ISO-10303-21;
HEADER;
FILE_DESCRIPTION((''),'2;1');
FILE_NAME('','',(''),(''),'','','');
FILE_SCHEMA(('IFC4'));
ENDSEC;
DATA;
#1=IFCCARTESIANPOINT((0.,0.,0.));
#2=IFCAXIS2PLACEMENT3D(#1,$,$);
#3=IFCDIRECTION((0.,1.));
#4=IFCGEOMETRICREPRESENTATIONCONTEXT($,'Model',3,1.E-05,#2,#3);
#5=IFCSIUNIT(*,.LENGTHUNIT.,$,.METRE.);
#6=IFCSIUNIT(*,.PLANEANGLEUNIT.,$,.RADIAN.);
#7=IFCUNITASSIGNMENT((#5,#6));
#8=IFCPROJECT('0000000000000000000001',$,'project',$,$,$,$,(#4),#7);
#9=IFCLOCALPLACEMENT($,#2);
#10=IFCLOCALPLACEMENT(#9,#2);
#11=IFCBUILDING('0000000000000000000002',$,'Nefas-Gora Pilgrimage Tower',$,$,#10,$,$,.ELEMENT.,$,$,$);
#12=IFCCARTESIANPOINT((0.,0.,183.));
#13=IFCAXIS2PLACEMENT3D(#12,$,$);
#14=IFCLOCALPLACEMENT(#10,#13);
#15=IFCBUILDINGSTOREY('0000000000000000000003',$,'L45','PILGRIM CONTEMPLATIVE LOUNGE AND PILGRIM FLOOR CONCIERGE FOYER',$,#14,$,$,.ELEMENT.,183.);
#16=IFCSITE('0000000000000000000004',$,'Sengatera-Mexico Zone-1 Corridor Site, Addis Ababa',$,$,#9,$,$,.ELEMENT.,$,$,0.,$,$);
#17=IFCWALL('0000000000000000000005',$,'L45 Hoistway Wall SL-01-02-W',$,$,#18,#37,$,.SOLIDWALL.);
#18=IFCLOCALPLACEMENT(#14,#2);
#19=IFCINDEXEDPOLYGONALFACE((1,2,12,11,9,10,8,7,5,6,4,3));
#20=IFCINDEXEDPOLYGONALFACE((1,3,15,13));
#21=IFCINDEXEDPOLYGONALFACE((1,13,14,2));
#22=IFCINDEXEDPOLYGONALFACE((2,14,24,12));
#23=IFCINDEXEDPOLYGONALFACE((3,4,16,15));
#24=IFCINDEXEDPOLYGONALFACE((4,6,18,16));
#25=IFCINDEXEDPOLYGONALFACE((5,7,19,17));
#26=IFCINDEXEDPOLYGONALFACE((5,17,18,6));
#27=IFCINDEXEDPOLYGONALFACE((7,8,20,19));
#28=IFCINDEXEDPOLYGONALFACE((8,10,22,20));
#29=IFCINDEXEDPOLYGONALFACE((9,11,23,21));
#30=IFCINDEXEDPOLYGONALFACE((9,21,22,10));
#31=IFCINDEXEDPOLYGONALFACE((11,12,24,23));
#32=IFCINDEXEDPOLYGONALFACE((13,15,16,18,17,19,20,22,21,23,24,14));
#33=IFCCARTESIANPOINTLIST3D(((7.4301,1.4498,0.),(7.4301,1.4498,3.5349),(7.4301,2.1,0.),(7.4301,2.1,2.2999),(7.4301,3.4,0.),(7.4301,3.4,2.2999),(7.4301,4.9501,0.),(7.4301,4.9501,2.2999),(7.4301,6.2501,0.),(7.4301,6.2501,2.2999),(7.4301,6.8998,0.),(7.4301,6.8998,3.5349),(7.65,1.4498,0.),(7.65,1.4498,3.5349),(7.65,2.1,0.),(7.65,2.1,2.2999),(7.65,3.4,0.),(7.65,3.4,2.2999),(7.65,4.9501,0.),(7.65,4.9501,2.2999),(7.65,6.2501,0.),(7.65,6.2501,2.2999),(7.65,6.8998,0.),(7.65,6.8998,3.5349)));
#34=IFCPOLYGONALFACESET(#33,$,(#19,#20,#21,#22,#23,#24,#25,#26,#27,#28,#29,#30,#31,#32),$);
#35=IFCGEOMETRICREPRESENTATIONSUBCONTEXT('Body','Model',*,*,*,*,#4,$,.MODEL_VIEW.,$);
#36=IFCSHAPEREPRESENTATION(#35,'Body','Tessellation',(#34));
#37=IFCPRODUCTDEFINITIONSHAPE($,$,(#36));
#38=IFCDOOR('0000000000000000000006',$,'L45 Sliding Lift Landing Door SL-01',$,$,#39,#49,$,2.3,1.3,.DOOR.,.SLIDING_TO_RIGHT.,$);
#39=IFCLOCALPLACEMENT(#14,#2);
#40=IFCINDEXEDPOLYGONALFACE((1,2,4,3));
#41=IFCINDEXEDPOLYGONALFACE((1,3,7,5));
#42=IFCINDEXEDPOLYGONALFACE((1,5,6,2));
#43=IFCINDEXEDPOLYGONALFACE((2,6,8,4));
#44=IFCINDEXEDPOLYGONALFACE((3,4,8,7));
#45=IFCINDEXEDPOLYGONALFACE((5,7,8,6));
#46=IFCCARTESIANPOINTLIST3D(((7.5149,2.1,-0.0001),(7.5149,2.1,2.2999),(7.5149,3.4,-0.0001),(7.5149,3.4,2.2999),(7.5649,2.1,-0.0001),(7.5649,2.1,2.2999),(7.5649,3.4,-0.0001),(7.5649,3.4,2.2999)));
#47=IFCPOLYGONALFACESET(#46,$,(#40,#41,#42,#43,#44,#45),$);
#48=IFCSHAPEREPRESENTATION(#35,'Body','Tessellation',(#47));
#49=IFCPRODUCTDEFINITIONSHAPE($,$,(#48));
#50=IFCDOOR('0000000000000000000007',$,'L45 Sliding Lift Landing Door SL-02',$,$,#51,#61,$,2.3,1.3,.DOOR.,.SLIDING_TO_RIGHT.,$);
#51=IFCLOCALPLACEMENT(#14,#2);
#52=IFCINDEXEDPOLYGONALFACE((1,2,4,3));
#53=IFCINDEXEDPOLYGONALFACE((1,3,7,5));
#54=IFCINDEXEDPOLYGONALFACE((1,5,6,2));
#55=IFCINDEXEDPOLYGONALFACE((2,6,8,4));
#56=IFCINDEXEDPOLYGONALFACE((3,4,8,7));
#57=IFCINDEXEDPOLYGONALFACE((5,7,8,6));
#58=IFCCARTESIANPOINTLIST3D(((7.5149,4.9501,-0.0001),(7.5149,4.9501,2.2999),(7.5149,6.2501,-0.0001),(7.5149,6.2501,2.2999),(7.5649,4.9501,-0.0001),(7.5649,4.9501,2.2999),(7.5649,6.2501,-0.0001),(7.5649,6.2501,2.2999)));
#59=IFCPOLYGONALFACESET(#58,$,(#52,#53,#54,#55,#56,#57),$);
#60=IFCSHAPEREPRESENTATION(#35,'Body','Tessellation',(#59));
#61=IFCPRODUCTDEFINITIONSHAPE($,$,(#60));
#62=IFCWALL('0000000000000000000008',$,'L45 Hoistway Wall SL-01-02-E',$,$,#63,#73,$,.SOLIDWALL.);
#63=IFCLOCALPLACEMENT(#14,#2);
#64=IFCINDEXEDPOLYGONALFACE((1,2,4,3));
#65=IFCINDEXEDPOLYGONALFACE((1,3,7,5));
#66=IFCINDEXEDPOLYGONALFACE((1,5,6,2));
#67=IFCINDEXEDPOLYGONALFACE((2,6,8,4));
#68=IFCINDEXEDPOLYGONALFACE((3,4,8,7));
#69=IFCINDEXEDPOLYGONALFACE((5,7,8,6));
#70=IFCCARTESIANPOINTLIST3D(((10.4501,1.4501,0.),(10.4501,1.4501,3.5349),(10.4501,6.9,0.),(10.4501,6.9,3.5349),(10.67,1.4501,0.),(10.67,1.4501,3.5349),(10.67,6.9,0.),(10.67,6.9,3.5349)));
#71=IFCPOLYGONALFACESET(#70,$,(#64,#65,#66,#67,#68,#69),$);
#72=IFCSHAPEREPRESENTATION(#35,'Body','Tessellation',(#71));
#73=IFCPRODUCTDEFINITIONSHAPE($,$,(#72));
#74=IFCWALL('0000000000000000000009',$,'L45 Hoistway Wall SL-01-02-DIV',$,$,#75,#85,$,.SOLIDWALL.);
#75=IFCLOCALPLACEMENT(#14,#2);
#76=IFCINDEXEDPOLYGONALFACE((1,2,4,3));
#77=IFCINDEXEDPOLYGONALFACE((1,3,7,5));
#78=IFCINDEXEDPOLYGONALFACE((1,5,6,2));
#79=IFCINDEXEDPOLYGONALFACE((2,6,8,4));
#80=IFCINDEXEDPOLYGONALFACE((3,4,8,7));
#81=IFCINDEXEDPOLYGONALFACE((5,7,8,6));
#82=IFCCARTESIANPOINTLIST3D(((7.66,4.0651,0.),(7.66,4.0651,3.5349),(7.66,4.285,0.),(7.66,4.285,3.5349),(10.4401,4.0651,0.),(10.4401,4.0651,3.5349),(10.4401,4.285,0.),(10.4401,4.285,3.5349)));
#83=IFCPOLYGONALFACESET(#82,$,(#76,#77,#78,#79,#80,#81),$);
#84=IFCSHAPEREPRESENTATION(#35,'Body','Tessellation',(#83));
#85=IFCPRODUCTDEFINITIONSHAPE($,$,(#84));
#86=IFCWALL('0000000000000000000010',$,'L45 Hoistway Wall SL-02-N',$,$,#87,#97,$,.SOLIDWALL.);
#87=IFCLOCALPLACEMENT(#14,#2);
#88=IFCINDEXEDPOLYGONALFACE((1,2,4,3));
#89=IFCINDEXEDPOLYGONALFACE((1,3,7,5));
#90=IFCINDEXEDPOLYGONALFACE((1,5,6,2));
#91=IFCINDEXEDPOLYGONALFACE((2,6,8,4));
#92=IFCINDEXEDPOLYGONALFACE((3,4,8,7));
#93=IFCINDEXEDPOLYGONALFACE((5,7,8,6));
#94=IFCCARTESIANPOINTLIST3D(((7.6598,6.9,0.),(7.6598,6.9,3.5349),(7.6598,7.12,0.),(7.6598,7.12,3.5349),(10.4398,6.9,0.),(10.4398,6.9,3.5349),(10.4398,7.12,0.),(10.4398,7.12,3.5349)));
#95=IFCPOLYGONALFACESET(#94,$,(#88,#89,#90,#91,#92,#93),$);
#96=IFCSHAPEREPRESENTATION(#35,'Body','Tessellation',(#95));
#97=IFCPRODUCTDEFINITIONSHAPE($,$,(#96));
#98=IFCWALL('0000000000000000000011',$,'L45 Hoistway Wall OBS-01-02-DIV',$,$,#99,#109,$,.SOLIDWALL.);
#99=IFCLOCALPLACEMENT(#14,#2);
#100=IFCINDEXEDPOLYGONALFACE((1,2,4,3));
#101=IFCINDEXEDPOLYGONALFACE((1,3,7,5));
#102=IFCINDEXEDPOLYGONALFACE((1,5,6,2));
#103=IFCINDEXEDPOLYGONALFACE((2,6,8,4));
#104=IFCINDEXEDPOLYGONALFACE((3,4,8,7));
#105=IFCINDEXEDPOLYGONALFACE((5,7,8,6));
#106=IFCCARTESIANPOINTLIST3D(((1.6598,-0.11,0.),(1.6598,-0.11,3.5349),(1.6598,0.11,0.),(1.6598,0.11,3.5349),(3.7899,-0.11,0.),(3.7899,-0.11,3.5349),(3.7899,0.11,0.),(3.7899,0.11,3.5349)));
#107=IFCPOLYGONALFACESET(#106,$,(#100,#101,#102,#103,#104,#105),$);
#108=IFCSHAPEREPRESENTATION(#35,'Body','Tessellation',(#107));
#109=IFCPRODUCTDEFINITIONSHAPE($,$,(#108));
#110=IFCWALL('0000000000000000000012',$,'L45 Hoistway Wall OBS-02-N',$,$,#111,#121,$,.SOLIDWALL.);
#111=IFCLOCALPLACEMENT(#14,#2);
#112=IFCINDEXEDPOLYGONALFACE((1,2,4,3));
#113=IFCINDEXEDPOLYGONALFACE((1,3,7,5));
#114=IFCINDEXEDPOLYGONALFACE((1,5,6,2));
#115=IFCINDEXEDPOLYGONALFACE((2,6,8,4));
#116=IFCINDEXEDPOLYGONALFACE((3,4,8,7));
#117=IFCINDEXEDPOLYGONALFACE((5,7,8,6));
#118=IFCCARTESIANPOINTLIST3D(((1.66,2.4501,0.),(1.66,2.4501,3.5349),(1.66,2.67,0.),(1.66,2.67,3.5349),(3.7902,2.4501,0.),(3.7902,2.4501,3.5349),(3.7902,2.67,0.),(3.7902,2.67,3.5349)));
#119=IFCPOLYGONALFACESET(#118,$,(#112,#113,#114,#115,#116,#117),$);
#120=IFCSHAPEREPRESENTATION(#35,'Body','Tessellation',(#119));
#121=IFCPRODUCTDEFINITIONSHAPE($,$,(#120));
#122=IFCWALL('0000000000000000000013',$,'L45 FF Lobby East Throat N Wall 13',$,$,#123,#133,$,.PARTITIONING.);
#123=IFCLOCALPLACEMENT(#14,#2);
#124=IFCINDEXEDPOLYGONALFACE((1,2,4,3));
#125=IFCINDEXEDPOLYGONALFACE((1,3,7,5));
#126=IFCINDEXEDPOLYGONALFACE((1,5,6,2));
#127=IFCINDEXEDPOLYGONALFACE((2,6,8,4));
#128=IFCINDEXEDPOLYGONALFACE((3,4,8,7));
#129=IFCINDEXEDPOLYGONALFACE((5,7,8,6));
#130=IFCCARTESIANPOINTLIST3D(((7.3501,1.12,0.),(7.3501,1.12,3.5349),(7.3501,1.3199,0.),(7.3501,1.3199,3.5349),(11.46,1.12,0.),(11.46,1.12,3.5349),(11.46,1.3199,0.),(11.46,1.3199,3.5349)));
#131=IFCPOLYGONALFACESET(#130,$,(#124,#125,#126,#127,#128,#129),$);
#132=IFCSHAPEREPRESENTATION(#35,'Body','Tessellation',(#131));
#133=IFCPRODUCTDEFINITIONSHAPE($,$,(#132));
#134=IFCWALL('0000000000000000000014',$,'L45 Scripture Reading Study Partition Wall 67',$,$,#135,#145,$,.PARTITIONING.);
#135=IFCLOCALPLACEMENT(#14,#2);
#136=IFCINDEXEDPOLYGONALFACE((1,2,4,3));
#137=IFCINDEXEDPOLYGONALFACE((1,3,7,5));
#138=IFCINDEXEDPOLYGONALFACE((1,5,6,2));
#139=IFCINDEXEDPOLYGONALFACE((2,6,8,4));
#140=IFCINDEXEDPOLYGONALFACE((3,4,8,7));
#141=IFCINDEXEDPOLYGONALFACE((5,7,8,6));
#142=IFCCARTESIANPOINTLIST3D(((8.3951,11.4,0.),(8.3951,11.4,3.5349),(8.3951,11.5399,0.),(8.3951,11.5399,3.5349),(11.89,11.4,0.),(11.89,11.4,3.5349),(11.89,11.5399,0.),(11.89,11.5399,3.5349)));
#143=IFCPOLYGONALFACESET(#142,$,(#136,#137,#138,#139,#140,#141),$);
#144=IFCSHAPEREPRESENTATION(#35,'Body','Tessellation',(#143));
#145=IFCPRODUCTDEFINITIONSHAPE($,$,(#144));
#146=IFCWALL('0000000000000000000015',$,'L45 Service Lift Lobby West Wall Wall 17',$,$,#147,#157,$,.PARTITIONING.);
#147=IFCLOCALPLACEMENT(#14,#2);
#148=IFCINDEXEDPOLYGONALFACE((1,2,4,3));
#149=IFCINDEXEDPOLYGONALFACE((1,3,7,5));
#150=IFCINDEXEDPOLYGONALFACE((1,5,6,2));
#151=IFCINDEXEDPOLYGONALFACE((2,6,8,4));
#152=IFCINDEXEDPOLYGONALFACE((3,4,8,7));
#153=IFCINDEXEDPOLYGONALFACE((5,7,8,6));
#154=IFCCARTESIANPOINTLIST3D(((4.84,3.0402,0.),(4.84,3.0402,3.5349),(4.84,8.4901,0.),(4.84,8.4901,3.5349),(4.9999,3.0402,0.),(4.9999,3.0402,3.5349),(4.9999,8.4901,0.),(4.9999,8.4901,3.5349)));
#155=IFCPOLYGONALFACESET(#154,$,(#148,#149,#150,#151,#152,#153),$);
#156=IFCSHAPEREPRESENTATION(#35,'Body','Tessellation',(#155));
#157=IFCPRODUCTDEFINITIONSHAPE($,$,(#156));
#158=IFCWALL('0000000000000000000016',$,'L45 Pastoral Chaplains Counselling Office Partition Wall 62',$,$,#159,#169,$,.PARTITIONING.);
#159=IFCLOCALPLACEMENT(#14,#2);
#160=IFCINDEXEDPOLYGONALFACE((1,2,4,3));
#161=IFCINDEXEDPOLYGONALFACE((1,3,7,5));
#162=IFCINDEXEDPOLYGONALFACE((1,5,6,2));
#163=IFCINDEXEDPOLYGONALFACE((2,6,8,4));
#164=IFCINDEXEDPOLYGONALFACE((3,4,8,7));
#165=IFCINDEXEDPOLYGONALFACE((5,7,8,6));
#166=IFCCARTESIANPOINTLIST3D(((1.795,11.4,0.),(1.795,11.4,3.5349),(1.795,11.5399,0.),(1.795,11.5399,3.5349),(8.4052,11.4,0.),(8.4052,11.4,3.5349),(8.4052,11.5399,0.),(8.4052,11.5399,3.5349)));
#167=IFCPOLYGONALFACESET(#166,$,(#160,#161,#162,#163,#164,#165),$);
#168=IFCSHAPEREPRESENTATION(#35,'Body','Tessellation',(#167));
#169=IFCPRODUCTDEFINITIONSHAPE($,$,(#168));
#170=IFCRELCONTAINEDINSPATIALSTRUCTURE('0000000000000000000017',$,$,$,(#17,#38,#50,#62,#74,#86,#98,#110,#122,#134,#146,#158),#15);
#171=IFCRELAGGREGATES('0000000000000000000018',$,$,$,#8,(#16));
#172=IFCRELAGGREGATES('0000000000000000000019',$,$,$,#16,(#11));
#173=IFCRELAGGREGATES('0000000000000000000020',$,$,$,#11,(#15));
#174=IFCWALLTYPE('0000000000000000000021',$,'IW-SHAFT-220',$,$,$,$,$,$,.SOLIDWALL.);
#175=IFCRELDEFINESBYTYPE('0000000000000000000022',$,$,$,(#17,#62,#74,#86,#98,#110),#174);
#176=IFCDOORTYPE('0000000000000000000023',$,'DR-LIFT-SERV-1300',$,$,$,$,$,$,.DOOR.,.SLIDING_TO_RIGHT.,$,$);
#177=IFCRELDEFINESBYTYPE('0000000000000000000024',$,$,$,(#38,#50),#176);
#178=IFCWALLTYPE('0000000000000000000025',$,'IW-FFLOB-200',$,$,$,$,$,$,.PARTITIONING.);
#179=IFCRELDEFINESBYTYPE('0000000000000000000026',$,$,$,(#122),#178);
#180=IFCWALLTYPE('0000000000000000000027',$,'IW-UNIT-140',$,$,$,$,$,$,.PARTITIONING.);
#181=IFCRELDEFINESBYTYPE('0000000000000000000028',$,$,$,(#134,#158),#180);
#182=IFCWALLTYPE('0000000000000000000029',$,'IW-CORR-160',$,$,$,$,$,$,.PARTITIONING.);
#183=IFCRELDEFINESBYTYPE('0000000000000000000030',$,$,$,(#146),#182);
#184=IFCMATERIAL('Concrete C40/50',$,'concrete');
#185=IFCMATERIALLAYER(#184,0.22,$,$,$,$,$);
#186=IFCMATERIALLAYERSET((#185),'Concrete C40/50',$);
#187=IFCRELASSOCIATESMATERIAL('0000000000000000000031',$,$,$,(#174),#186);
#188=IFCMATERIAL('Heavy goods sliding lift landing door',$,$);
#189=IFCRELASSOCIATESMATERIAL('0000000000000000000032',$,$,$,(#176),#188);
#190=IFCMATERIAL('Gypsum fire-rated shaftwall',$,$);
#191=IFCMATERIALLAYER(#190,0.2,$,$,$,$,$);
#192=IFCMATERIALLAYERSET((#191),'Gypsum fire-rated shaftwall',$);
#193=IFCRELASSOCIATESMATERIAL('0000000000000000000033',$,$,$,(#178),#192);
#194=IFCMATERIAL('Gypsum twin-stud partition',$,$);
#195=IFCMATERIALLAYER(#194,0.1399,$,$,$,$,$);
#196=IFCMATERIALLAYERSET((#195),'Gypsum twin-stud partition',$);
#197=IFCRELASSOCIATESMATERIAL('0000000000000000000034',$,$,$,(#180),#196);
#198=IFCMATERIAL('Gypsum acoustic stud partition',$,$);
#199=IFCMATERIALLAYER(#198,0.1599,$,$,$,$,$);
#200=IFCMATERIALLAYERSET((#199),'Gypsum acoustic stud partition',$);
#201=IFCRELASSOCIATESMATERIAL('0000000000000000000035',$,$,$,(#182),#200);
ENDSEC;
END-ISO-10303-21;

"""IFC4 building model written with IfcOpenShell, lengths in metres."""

from ifc_helpers import new_model, si_unit, direction, frame, frame_2d, origin, place, context, subcontext, project, spatial, rectangle, extrude, source, transform, mapped, material, layer, layer_set, type_object, element, fill, save


model = new_model("IFC4")

# Units and contexts
model_context = context("Model", 3, precision=1e-05, world=origin(), true_north=direction((0.0, 1.0)))
body_context = subcontext(model_context, "Body", "Model", "MODEL_VIEW")
ifc_project = project(units=[si_unit("LENGTHUNIT", "METRE"), si_unit("PLANEANGLEUNIT", "RADIAN")], contexts=[model_context])

# Site, building, storey
site_placement = place(None, origin())
site = spatial("IfcSite", under=ifc_project, at=site_placement, Name="Sengatera-Mexico Zone-1 Corridor Site, Addis Ababa", CompositionType="ELEMENT", RefElevation=0.0)
building_placement = place(site_placement, origin())
building = spatial("IfcBuilding", under=site, at=building_placement, Name="Nefas-Gora Pilgrimage Tower", CompositionType="ELEMENT")
storey_placement = place(building_placement, frame((0.0, 0.0, 183.0)))
storey = spatial("IfcBuildingStorey", under=building, at=storey_placement, Name="L45", Description="PILGRIM CONTEMPLATIVE LOUNGE AND PILGRIM FLOOR CONCIERGE FOYER", CompositionType="ELEMENT", Elevation=183.0)

# Wall, openings, doors
ifc_material_1 = material(Name="Concrete C40/50", Category="concrete")
ifc_layer_1 = layer(ifc_material_1, 0.22)
ifc_layer_set_1 = layer_set([ifc_layer_1], Name="Concrete C40/50")
wall_type_1 = type_object("IfcWallType", Name="IW-SHAFT-220", PredefinedType="SOLIDWALL", material=ifc_layer_set_1)
shared_shape_1 = source(origin(), body_context, "Body", "SweptSolid", [
    extrude(rectangle(XDim=5.45, YDim=0.22, at=frame_2d((2.7251, 0.0))), origin(), (0.0, 0.0, 1.0), 3.5349),
])
wall_1_placement = place(storey_placement, frame((7.54, 6.8999, 0.0), z_axis=(0.0, 0.0, 1.0), x_axis=(0.0, -1.0, 0.0)))
wall_1 = element("IfcWall", 1, at=wall_1_placement, inside=storey, type_object=wall_type_1, Name="L45 Hoistway Wall SL-01-02-W", PredefinedType="SOLIDWALL", context=body_context, shape_type="MappedRepresentation", body=[
    mapped(shared_shape_1, transform((0.0, 0.0, 0.0), x_axis=(1.0, 0.0, 0.0), y_axis=(0.0, 1.0, 0.0), z_axis=(0.0, 0.0, 1.0), scale=1.0)),
])
opening_1_placement = place(wall_1_placement, frame((3.5, 0.0, 0.0)))
opening_1 = element("IfcOpeningElement", 2, at=opening_1_placement, cuts=wall_1, PredefinedType="OPENING", context=body_context, shape_type="SweptSolid", body=[
    extrude(rectangle(XDim=1.3, YDim=2.3, at=frame_2d((0.6499, 1.1499))), frame((0.0, 0.1199, 0.0), z_axis=(0.0, -1.0, 0.0), x_axis=(1.0, 0.0, 0.0)), (0.0, 0.0, 1.0), 0.24),
])
opening_2_placement = place(wall_1_placement, frame((0.6499, 0.0, 0.0)))
opening_2 = element("IfcOpeningElement", 3, at=opening_2_placement, cuts=wall_1, PredefinedType="OPENING", context=body_context, shape_type="SweptSolid", body=[
    extrude(rectangle(XDim=1.3, YDim=2.3, at=frame_2d((0.6499, 1.1499))), frame((0.0, 0.1199, 0.0), z_axis=(0.0, -1.0, 0.0), x_axis=(1.0, 0.0, 0.0)), (0.0, 0.0, 1.0), 0.24),
])
ifc_material_2 = material(Name="Heavy goods sliding lift landing door")
door_type_1 = type_object("IfcDoorType", Name="DR-LIFT-SERV-1300", OperationType="SLIDING_TO_RIGHT", PredefinedType="DOOR", material=ifc_material_2)
shared_shape_2 = source(origin(), body_context, "Body", "SweptSolid", [
    extrude(rectangle(XDim=1.3, YDim=2.3, at=frame_2d((0.6499, 1.1499))), frame((0.0, 0.0249, 0.0), z_axis=(0.0, -1.0, 0.0), x_axis=(1.0, 0.0, 0.0)), (0.0, 0.0, 1.0), 0.05),
])
door_1_placement = place(opening_1_placement, origin())
door_1 = element("IfcDoor", 4, at=door_1_placement, inside=storey, type_object=door_type_1, Name="L45 Sliding Lift Landing Door SL-01", OperationType="SLIDING_TO_RIGHT", OverallHeight=2.3, OverallWidth=1.3, PredefinedType="DOOR", context=body_context, shape_type="MappedRepresentation", body=[
    mapped(shared_shape_2, transform((0.0, 0.0, 0.0), x_axis=(1.0, 0.0, 0.0), y_axis=(0.0, 1.0, 0.0), z_axis=(0.0, 0.0, 1.0), scale=1.0)),
])
fill(opening_1, door_1)
door_2_placement = place(opening_2_placement, origin())
door_2 = element("IfcDoor", 5, at=door_2_placement, inside=storey, type_object=door_type_1, Name="L45 Sliding Lift Landing Door SL-02", OperationType="SLIDING_TO_RIGHT", OverallHeight=2.3, OverallWidth=1.3, PredefinedType="DOOR", context=body_context, shape_type="MappedRepresentation", body=[
    mapped(shared_shape_2, transform((0.0, 0.0, 0.0), x_axis=(1.0, 0.0, 0.0), y_axis=(0.0, 1.0, 0.0), z_axis=(0.0, 0.0, 1.0), scale=1.0)),
])
fill(opening_2, door_2)

# Walls
wall_2_placement = place(storey_placement, frame((10.5601, 1.45, 0.0), z_axis=(0.0, 0.0, 1.0), x_axis=(0.0, 1.0, 0.0)))
element("IfcWall", 6, at=wall_2_placement, inside=storey, type_object=wall_type_1, Name="L45 Hoistway Wall SL-01-02-E", PredefinedType="SOLIDWALL", context=body_context, shape_type="MappedRepresentation", body=[
    mapped(shared_shape_1, transform((0.0, 0.0, 0.0), x_axis=(1.0, 0.0, 0.0), y_axis=(0.0, 1.0, 0.0), z_axis=(0.0, 0.0, 1.0), scale=1.0)),
])
shared_shape_3 = source(origin(), body_context, "Body", "SweptSolid", [
    extrude(rectangle(XDim=2.78, YDim=0.22, at=frame_2d((1.3901, 0.0))), origin(), (0.0, 0.0, 1.0), 3.5349),
])
for number, where, z_axis, x_axis, name in (
    (7, (7.6599, 4.175, 0.0), (0.0, 0.0, 1.0), (1.0, 0.0, 0.0), "L45 Hoistway Wall SL-01-02-DIV"),
    (8, (10.4399, 7.01, 0.0), (0.0, 0.0, 1.0), (-1.0, 0.0, 0.0), "L45 Hoistway Wall SL-02-N"),
):
    element("IfcWall", number, at=place(storey_placement, frame(where, z_axis=z_axis, x_axis=x_axis)), inside=storey, type_object=wall_type_1, Name=name, PredefinedType="SOLIDWALL", context=body_context, shape_type="MappedRepresentation", body=[
        mapped(shared_shape_3, transform((0.0, 0.0, 0.0), x_axis=(1.0, 0.0, 0.0), y_axis=(0.0, 1.0, 0.0), z_axis=(0.0, 0.0, 1.0), scale=1.0)),
    ])
shared_shape_4 = source(origin(), body_context, "Body", "SweptSolid", [
    extrude(rectangle(XDim=2.1301, YDim=0.22, at=frame_2d((1.0649, 0.0))), origin(), (0.0, 0.0, 1.0), 3.5349),
])
for number, where, z_axis, x_axis, name in (
    (9, (1.6599, 0.0, 0.0), (0.0, 0.0, 1.0), (1.0, 0.0, 0.0), "L45 Hoistway Wall OBS-01-02-DIV"),
    (10, (3.79, 2.5601, 0.0), (0.0, 0.0, 1.0), (-1.0, 0.0, 0.0), "L45 Hoistway Wall OBS-02-N"),
):
    element("IfcWall", number, at=place(storey_placement, frame(where, z_axis=z_axis, x_axis=x_axis)), inside=storey, type_object=wall_type_1, Name=name, PredefinedType="SOLIDWALL", context=body_context, shape_type="MappedRepresentation", body=[
        mapped(shared_shape_4, transform((0.0, 0.0, 0.0), x_axis=(1.0, 0.0, 0.0), y_axis=(0.0, 1.0, 0.0), z_axis=(0.0, 0.0, 1.0), scale=1.0)),
    ])

# Shared definitions
ifc_material_3 = material(Name="Gypsum fire-rated shaftwall")
ifc_layer_2 = layer(ifc_material_3, 0.2)
ifc_layer_set_2 = layer_set([ifc_layer_2], Name="Gypsum fire-rated shaftwall")
wall_type_2 = type_object("IfcWallType", Name="IW-FFLOB-200", PredefinedType="PARTITIONING", material=ifc_layer_set_2)

# Walls
shared_shape_5 = source(origin(), body_context, "Body", "SweptSolid", [
    extrude(rectangle(XDim=4.1099, YDim=0.2, at=frame_2d((2.0549, 0.0))), origin(), (0.0, 0.0, 1.0), 3.5349),
])
wall_3_placement = place(storey_placement, frame((7.3501, 1.22, 0.0), z_axis=(0.0, 0.0, 1.0), x_axis=(1.0, 0.0, 0.0)))
element("IfcWall", 11, at=wall_3_placement, inside=storey, type_object=wall_type_2, Name="L45 FF Lobby East Throat N Wall 13", PredefinedType="PARTITIONING", context=body_context, shape_type="MappedRepresentation", body=[
    mapped(shared_shape_5, transform((0.0, 0.0, 0.0), x_axis=(1.0, 0.0, 0.0), y_axis=(0.0, 1.0, 0.0), z_axis=(0.0, 0.0, 1.0), scale=1.0)),
])
ifc_material_4 = material(Name="Gypsum twin-stud partition")
ifc_layer_3 = layer(ifc_material_4, 0.1399)
ifc_layer_set_3 = layer_set([ifc_layer_3], Name="Gypsum twin-stud partition")
wall_type_3 = type_object("IfcWallType", Name="IW-UNIT-140", PredefinedType="PARTITIONING", material=ifc_layer_set_3)
shared_shape_6 = source(origin(), body_context, "Body", "SweptSolid", [
    extrude(rectangle(XDim=3.4949, YDim=0.1399, at=frame_2d((1.7476, 0.0))), origin(), (0.0, 0.0, 1.0), 3.5349),
])
wall_4_placement = place(storey_placement, frame((8.395, 11.47, 0.0), z_axis=(0.0, 0.0, 1.0), x_axis=(1.0, 0.0, 0.0)))
element("IfcWall", 12, at=wall_4_placement, inside=storey, type_object=wall_type_3, Name="L45 Scripture Reading Study Partition Wall 67", PredefinedType="PARTITIONING", context=body_context, shape_type="MappedRepresentation", body=[
    mapped(shared_shape_6, transform((0.0, 0.0, 0.0), x_axis=(1.0, 0.0, 0.0), y_axis=(0.0, 1.0, 0.0), z_axis=(0.0, 0.0, 1.0), scale=1.0)),
])
ifc_material_5 = material(Name="Gypsum acoustic stud partition")
ifc_layer_4 = layer(ifc_material_5, 0.1599)
ifc_layer_set_4 = layer_set([ifc_layer_4], Name="Gypsum acoustic stud partition")
wall_type_4 = type_object("IfcWallType", Name="IW-CORR-160", PredefinedType="PARTITIONING", material=ifc_layer_set_4)
shared_shape_7 = source(origin(), body_context, "Body", "SweptSolid", [
    extrude(rectangle(XDim=5.45, YDim=0.1599, at=frame_2d((2.7251, 0.0))), origin(), (0.0, 0.0, 1.0), 3.5349),
])
wall_5_placement = place(storey_placement, frame((4.9199, 3.04, 0.0), z_axis=(0.0, 0.0, 1.0), x_axis=(0.0, 1.0, 0.0)))
element("IfcWall", 13, at=wall_5_placement, inside=storey, type_object=wall_type_4, Name="L45 Service Lift Lobby West Wall Wall 17", PredefinedType="PARTITIONING", context=body_context, shape_type="MappedRepresentation", body=[
    mapped(shared_shape_7, transform((0.0, 0.0, 0.0), x_axis=(1.0, 0.0, 0.0), y_axis=(0.0, 1.0, 0.0), z_axis=(0.0, 0.0, 1.0), scale=1.0)),
])
shared_shape_8 = source(origin(), body_context, "Body", "SweptSolid", [
    extrude(rectangle(XDim=6.6101, YDim=0.1399, at=frame_2d((3.3052, 0.0))), origin(), (0.0, 0.0, 1.0), 3.5349),
])
wall_6_placement = place(storey_placement, frame((1.7949, 11.47, 0.0), z_axis=(0.0, 0.0, 1.0), x_axis=(1.0, 0.0, 0.0)))
element("IfcWall", 14, at=wall_6_placement, inside=storey, type_object=wall_type_3, Name="L45 Pastoral Chaplains Counselling Office Partition Wall 62", PredefinedType="PARTITIONING", context=body_context, shape_type="MappedRepresentation", body=[
    mapped(shared_shape_8, transform((0.0, 0.0, 0.0), x_axis=(1.0, 0.0, 0.0), y_axis=(0.0, 1.0, 0.0), z_axis=(0.0, 0.0, 1.0), scale=1.0)),
])

save(model, "model.ifc")
